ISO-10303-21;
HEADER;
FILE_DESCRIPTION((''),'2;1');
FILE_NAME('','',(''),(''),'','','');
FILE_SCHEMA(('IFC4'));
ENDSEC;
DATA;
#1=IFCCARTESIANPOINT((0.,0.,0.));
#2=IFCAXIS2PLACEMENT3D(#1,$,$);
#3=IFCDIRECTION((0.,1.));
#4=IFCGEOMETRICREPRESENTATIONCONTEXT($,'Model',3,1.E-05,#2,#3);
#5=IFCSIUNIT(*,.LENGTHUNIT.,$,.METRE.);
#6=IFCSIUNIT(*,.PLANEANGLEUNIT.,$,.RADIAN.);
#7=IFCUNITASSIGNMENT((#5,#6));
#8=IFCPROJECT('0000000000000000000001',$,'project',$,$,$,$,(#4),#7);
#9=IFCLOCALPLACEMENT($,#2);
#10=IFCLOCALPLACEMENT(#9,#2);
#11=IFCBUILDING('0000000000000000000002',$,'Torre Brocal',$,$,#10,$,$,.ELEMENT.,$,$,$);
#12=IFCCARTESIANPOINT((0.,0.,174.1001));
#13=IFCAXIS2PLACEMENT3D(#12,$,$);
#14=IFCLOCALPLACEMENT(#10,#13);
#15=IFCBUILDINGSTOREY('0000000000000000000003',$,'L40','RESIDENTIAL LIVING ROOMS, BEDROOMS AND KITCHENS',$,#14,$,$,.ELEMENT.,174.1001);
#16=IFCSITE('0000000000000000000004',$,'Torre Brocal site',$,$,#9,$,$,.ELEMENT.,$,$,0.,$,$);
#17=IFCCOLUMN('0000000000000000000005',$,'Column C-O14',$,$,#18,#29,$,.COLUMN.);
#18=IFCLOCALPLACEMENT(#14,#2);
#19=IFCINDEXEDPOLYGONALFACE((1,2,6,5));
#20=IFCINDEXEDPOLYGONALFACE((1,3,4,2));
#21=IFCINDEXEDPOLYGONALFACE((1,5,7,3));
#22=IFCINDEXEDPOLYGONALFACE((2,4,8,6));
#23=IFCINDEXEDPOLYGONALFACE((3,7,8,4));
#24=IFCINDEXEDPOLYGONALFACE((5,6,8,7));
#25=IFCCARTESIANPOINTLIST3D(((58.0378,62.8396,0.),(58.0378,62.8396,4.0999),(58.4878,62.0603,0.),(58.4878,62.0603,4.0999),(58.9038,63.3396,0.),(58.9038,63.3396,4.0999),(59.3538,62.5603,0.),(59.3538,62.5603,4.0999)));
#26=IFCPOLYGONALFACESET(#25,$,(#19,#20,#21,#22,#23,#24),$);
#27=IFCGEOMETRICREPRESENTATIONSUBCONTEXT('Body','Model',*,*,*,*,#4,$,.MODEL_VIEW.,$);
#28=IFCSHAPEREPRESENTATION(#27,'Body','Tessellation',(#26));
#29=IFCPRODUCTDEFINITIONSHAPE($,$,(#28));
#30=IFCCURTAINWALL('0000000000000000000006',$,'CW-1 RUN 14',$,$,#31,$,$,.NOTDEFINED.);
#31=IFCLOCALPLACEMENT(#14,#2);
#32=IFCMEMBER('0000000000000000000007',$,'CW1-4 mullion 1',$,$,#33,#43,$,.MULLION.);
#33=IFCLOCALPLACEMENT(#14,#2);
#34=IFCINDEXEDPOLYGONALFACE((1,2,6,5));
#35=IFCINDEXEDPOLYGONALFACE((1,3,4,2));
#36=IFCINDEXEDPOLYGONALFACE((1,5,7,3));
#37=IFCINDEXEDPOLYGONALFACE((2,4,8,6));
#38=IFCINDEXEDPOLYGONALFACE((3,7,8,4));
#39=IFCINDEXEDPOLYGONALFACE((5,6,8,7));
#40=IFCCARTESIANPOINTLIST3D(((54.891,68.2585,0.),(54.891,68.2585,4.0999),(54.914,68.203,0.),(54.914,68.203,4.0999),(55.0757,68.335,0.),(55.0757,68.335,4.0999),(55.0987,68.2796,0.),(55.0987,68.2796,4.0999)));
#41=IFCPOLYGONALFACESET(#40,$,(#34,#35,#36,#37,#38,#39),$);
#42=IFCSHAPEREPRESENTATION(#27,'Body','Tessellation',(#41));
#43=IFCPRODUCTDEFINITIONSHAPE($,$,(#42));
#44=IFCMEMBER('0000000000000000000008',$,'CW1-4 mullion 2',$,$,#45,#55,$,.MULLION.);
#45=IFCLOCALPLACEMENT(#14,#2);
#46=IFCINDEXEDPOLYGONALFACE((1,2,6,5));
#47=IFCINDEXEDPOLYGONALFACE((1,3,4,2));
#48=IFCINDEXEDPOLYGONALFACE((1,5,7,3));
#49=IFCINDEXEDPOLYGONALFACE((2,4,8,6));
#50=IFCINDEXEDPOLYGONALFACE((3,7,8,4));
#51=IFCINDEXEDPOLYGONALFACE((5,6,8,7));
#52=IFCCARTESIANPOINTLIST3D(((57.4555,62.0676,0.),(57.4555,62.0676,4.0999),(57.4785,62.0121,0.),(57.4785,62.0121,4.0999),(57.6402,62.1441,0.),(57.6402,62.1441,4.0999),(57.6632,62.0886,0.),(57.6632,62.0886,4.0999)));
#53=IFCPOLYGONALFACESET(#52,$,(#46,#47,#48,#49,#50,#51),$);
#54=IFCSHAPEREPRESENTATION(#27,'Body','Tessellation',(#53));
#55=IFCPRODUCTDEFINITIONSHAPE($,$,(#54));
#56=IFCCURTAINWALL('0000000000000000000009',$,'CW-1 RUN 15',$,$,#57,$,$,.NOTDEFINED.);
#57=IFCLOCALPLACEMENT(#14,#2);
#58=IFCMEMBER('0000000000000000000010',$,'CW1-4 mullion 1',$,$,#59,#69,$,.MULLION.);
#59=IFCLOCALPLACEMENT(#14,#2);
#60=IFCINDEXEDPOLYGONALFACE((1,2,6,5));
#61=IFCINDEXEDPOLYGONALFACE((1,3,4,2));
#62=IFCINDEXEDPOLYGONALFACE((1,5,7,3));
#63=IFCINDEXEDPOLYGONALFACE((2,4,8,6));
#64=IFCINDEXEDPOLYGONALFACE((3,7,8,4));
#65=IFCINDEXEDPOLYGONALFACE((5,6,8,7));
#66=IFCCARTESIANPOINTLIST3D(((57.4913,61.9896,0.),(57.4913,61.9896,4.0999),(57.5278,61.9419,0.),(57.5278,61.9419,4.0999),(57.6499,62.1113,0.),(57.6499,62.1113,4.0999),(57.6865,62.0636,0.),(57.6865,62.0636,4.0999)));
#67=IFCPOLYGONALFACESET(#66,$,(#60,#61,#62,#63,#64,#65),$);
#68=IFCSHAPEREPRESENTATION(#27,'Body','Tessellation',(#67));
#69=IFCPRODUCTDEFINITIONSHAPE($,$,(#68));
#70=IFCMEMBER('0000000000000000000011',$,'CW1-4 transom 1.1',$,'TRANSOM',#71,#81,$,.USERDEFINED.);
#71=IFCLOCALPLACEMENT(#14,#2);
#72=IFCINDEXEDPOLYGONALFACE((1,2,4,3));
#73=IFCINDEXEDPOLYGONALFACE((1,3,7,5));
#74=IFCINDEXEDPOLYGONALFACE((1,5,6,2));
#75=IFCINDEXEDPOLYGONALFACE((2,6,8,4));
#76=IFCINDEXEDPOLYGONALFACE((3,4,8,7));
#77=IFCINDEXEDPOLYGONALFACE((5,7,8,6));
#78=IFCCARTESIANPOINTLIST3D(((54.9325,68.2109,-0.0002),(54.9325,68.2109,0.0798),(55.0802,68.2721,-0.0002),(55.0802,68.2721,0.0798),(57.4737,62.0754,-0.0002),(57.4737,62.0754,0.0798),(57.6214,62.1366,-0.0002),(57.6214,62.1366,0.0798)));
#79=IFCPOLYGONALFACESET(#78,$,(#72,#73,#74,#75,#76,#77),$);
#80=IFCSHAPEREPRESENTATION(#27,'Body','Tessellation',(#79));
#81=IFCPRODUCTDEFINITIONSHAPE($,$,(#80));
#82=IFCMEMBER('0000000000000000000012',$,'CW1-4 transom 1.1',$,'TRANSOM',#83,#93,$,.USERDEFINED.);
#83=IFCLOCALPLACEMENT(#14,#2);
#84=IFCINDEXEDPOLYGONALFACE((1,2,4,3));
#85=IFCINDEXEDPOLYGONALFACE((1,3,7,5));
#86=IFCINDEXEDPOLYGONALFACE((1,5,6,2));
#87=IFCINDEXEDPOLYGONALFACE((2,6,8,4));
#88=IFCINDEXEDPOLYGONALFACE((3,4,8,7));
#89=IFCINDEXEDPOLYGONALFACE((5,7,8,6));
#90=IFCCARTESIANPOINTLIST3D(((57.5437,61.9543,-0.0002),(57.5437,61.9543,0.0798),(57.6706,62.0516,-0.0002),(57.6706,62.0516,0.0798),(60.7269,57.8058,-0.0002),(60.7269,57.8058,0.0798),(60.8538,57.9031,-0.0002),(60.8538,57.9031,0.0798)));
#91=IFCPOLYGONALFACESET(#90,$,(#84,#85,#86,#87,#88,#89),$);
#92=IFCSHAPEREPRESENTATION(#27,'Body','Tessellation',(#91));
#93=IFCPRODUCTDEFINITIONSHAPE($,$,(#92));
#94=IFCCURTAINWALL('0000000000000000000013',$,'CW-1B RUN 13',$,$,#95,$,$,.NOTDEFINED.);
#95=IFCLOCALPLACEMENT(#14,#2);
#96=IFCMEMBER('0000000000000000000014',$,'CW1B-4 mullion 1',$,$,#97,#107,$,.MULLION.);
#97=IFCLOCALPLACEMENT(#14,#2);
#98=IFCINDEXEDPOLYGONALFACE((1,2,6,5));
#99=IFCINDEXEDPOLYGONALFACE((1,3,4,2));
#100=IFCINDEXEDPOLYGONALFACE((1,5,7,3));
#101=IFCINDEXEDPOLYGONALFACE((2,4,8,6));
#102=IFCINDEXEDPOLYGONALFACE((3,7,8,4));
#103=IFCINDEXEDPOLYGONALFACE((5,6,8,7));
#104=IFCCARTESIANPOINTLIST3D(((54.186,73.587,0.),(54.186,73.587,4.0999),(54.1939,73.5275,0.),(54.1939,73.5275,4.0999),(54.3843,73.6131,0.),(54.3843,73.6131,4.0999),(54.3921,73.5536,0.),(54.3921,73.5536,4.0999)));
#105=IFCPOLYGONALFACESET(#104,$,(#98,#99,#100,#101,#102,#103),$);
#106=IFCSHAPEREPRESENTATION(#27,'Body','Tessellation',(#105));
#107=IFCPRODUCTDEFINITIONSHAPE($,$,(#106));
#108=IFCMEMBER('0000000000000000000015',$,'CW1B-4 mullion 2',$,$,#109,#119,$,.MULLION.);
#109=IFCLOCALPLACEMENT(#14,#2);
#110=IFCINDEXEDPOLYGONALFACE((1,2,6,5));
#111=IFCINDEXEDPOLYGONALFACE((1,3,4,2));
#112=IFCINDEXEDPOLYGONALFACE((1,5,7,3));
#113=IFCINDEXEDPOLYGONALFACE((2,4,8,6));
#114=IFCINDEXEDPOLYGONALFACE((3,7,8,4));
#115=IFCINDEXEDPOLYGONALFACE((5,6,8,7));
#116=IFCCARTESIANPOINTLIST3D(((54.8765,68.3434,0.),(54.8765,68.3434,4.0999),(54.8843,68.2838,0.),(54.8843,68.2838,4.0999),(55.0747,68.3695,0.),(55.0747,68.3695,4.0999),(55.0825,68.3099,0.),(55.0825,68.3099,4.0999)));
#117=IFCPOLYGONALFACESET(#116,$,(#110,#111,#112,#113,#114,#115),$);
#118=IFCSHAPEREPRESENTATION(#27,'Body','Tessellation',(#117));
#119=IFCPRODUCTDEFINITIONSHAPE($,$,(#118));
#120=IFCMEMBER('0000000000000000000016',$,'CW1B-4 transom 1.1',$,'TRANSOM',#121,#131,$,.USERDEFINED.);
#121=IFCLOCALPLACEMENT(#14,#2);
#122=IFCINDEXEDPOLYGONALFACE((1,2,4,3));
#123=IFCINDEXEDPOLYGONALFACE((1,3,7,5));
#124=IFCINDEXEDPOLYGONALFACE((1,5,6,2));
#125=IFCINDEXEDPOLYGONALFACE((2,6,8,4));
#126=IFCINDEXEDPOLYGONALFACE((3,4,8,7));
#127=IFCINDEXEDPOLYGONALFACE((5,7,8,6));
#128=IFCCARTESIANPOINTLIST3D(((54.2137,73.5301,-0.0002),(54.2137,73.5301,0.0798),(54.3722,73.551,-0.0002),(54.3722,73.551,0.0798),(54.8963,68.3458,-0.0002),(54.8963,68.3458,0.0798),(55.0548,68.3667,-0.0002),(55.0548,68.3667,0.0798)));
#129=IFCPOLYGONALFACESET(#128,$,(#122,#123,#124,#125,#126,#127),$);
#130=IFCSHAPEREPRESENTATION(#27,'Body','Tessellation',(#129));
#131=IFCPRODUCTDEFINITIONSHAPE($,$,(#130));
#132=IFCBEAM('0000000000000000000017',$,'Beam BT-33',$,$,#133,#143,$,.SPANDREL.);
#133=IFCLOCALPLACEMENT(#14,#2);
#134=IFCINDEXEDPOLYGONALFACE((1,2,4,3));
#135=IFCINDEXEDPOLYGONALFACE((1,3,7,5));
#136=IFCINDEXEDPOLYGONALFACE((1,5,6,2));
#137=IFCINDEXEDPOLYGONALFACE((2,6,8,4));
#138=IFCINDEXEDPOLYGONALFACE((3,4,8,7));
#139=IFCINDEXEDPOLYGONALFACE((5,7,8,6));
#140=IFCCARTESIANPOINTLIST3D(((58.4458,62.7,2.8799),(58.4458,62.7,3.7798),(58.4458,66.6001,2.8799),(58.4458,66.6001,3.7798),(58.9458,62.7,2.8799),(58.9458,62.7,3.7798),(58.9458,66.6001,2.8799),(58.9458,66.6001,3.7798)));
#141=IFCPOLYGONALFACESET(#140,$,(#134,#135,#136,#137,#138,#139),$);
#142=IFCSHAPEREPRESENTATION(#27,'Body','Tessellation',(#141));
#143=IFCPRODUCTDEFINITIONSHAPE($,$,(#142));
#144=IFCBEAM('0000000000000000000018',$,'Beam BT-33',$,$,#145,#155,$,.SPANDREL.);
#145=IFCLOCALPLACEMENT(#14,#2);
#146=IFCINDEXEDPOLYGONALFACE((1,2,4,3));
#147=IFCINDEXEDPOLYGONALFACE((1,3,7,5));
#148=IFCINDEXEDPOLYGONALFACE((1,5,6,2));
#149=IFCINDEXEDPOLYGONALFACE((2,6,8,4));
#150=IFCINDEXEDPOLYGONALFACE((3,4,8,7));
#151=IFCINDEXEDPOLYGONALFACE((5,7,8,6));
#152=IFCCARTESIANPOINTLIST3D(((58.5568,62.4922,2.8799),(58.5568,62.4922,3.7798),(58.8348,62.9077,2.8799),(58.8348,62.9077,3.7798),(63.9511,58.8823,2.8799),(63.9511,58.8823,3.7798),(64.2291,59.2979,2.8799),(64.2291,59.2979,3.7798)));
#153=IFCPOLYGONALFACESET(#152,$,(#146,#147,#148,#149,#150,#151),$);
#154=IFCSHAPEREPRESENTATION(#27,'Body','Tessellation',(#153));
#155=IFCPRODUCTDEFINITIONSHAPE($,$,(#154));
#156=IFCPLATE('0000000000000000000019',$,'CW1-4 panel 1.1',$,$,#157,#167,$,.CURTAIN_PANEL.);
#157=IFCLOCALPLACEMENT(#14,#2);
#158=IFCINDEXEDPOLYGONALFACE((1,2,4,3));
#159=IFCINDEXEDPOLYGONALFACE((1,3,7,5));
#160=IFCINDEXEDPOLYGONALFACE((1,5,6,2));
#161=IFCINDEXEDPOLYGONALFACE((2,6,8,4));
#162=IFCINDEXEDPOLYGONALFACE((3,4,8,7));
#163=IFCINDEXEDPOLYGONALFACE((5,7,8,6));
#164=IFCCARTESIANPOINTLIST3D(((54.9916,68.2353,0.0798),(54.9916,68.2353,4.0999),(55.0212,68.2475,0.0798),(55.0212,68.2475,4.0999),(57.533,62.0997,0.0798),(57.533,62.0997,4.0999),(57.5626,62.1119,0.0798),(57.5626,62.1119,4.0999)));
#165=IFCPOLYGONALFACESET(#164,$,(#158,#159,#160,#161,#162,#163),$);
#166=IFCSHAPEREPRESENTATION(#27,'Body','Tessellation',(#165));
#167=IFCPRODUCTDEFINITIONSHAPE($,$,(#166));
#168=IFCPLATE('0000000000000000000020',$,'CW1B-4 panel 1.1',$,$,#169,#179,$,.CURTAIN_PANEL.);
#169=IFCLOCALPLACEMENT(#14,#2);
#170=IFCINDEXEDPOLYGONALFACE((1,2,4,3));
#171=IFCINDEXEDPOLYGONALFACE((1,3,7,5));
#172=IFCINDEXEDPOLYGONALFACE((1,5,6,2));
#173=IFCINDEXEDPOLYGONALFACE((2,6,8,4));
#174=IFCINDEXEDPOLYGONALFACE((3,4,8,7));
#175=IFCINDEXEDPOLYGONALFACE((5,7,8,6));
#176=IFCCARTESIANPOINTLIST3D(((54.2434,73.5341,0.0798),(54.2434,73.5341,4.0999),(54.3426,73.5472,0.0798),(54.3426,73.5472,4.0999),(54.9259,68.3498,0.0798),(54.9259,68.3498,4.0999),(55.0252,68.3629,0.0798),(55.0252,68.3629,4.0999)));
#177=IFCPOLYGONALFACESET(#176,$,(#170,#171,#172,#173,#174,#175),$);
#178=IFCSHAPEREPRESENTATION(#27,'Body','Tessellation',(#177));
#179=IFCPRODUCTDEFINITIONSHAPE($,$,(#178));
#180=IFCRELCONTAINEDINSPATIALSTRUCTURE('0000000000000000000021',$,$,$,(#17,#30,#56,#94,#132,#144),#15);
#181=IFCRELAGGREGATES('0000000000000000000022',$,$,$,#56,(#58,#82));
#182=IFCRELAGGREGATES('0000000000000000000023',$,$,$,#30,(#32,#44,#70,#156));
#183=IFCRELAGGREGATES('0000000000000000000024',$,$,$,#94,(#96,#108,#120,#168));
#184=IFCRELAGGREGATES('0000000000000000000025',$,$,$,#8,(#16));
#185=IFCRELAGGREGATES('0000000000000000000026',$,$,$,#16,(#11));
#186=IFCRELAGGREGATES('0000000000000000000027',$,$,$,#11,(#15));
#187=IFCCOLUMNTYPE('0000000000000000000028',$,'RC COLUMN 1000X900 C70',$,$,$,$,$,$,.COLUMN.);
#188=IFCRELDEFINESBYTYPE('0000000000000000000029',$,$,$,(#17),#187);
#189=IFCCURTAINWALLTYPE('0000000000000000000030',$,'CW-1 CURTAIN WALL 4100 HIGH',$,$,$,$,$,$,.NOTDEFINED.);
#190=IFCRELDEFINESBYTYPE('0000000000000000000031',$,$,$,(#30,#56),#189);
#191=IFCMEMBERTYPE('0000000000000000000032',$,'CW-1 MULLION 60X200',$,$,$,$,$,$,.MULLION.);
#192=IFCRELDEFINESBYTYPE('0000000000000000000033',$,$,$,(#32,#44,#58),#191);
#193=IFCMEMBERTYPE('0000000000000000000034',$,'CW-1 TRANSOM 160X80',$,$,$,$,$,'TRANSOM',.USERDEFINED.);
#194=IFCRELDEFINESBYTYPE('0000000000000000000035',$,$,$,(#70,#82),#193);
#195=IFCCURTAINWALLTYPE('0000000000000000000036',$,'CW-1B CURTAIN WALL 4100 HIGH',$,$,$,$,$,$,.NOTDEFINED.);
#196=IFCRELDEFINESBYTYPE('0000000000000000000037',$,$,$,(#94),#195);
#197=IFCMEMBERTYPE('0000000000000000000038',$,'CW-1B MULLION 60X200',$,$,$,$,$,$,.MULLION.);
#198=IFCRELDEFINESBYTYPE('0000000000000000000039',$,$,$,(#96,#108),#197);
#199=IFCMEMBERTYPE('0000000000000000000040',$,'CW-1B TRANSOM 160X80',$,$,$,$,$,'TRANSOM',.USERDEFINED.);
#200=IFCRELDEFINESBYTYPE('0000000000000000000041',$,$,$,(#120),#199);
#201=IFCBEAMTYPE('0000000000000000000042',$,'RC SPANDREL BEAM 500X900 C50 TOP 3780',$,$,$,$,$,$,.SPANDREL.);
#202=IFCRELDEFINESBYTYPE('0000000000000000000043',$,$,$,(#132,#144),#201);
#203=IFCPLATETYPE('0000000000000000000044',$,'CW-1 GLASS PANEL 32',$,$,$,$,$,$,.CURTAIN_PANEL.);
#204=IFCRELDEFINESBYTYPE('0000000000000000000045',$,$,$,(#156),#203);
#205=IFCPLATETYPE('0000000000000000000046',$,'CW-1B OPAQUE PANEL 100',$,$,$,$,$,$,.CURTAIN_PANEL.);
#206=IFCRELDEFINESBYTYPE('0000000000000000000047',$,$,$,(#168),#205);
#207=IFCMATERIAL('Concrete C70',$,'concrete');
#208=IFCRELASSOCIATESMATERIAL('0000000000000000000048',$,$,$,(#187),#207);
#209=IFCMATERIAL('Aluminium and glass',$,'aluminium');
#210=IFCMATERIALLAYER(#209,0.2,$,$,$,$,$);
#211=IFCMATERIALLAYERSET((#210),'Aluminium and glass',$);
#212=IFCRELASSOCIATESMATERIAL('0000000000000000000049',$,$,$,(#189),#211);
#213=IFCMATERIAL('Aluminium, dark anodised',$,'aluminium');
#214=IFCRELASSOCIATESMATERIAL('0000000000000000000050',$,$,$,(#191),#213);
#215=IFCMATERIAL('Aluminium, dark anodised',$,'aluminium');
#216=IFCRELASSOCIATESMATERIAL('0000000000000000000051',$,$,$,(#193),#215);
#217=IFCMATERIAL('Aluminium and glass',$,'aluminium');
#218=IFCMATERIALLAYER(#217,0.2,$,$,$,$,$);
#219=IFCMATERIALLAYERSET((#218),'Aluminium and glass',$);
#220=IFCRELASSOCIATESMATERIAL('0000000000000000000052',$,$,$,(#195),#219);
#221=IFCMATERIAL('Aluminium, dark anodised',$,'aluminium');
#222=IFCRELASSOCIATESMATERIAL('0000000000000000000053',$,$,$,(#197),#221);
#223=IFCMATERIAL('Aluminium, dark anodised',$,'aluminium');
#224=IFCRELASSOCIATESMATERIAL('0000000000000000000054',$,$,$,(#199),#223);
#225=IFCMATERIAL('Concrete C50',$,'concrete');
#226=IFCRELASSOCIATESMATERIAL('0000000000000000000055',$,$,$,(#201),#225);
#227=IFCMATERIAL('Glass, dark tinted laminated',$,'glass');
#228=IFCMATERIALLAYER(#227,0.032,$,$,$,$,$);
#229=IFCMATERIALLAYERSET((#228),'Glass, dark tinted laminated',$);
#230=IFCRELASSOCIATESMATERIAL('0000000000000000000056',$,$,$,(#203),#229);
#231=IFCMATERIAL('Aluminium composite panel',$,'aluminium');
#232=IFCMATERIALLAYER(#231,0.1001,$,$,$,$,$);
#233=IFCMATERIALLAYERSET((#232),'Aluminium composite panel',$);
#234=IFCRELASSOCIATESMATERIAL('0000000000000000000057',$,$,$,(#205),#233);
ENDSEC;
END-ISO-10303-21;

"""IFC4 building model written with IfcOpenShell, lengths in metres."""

from ifc_helpers import new_model, si_unit, direction, frame, origin, origin_2d, place, context, subcontext, project, spatial, rectangle, extrude, material, layer, layer_set, material_profile, profile_set, type_object, element, aggregate, save


model = new_model("IFC4")

# Units and contexts
model_context = context("Model", 3, precision=1e-05, world=origin(), true_north=direction((0.0, 1.0)))
body_context = subcontext(model_context, "Body", "Model", "MODEL_VIEW")
ifc_project = project(units=[si_unit("LENGTHUNIT", "METRE"), si_unit("PLANEANGLEUNIT", "RADIAN")], contexts=[model_context])

# Site, building, storey
site_placement = place(None, origin())
site = spatial("IfcSite", under=ifc_project, at=site_placement, Name="Torre Brocal site", CompositionType="ELEMENT", RefElevation=0.0)
building_placement = place(site_placement, origin())
building = spatial("IfcBuilding", under=site, at=building_placement, Name="Torre Brocal", CompositionType="ELEMENT")
storey_placement = place(building_placement, frame((0.0, 0.0, 174.1001)))
storey = spatial("IfcBuildingStorey", under=building, at=storey_placement, Name="L40", Description="RESIDENTIAL LIVING ROOMS, BEDROOMS AND KITCHENS", CompositionType="ELEMENT", Elevation=174.1001)

# Column
ifc_material_1 = material(Name="Concrete C70", Category="concrete")
ifc_material_profile_1 = material_profile(ifc_material_1, rectangle(XDim=1.0, YDim=0.8999, at=origin_2d()), Name="RC 1000X900")
ifc_profile_set_1 = profile_set([ifc_material_profile_1], Name="Concrete C70")
column_type = type_object("IfcColumnType", Name="RC COLUMN 1000X900 C70", PredefinedType="COLUMN", material=ifc_profile_set_1)
column_placement = place(storey_placement, frame((58.6958, 62.7, 0.0), z_axis=(0.0, 0.0, 1.0), x_axis=(-0.866025, -0.5, 0.0)))
element("IfcColumn", 1, at=column_placement, inside=storey, type_object=column_type, Name="Column C-O14", PredefinedType="COLUMN", context=body_context, shape_type="SweptSolid", body=[
    extrude(rectangle(XDim=1.0, YDim=0.8999, at=origin_2d()), origin(), (0.0, 0.0, 1.0), 4.0999),
])

# Curtain wall, members
ifc_material_2 = material(Name="Aluminium and glass", Category="aluminium")
ifc_layer_1 = layer(ifc_material_2, 0.2)
ifc_layer_set_1 = layer_set([ifc_layer_1], Name="Aluminium and glass")
curtain_wall_type_1 = type_object("IfcCurtainWallType", Name="CW-1 CURTAIN WALL 4100 HIGH", PredefinedType="NOTDEFINED", material=ifc_layer_set_1)
curtain_wall_1_placement = place(storey_placement, origin())
curtain_wall_1 = element("IfcCurtainWall", 2, at=curtain_wall_1_placement, inside=storey, type_object=curtain_wall_type_1, Name="CW-1 RUN 14", PredefinedType="NOTDEFINED")
ifc_material_3 = material(Name="Aluminium, dark anodised", Category="aluminium")
ifc_material_profile_2 = material_profile(ifc_material_3, rectangle(XDim=0.2, YDim=0.0601, at=origin_2d()), Name="CW-1 MULLION 60X200")
ifc_profile_set_2 = profile_set([ifc_material_profile_2], Name="Aluminium, dark anodised")
member_type_1 = type_object("IfcMemberType", Name="CW-1 MULLION 60X200", PredefinedType="MULLION", material=ifc_profile_set_2)
member_1_placement = place(storey_placement, frame((54.9949, 68.269, 0.0), z_axis=(0.0, 0.0, 1.0), x_axis=(0.92388, 0.382683, 0.0)))
member_1 = element("IfcMember", 3, at=member_1_placement, type_object=member_type_1, Name="CW1-4 mullion 1", PredefinedType="MULLION", context=body_context, shape_type="SweptSolid", body=[
    extrude(rectangle(XDim=0.2, YDim=0.0601, at=origin_2d()), origin(), (0.0, 0.0, 1.0), 4.0999),
])
member_2_placement = place(storey_placement, frame((57.5593, 62.0781, 0.0), z_axis=(0.0, 0.0, 1.0), x_axis=(0.92388, 0.382683, 0.0)))
member_2 = element("IfcMember", 4, at=member_2_placement, type_object=member_type_1, Name="CW1-4 mullion 2", PredefinedType="MULLION", context=body_context, shape_type="SweptSolid", body=[
    extrude(rectangle(XDim=0.2, YDim=0.0601, at=origin_2d()), origin(), (0.0, 0.0, 1.0), 4.0999),
])

# Curtain wall, member
curtain_wall_2_placement = place(storey_placement, origin())
curtain_wall_2 = element("IfcCurtainWall", 5, at=curtain_wall_2_placement, inside=storey, type_object=curtain_wall_type_1, Name="CW-1 RUN 15", PredefinedType="NOTDEFINED")
member_3_placement = place(storey_placement, frame((57.5889, 62.0266, 0.0), z_axis=(0.0, 0.0, 1.0), x_axis=(0.793353, 0.608761, 0.0)))
member_3 = element("IfcMember", 6, at=member_3_placement, type_object=member_type_1, Name="CW1-4 mullion 1", PredefinedType="MULLION", context=body_context, shape_type="SweptSolid", body=[
    extrude(rectangle(XDim=0.2, YDim=0.0601, at=origin_2d()), origin(), (0.0, 0.0, 1.0), 4.0999),
])

# Members
ifc_material_4 = material(Name="Aluminium, dark anodised", Category="aluminium")
ifc_material_profile_3 = material_profile(ifc_material_4, rectangle(XDim=0.1599, YDim=0.0801, at=origin_2d()), Name="CW-1 TRANSOM 160X80")
ifc_profile_set_3 = profile_set([ifc_material_profile_3], Name="Aluminium, dark anodised")
member_type_2 = type_object("IfcMemberType", Name="CW-1 TRANSOM 160X80", ElementType="TRANSOM", PredefinedType="USERDEFINED", material=ifc_profile_set_3)
member_4_placement = place(storey_placement, frame((55.0063, 68.2415, 0.0398), z_axis=(0.382665, -0.923887, 0.0), x_axis=(0.923887, 0.382665, 0.0)))
member_4 = element("IfcMember", 7, at=member_4_placement, type_object=member_type_2, Name="CW1-4 transom 1.1", ObjectType="TRANSOM", PredefinedType="USERDEFINED", context=body_context, shape_type="SweptSolid", body=[
    extrude(rectangle(XDim=0.1599, YDim=0.0801, at=origin_2d()), origin(), (0.0, 0.0, 1.0), 6.6409),
])
member_5_placement = place(storey_placement, frame((57.6072, 62.0029, 0.0398), z_axis=(0.608749, -0.793363, 0.0), x_axis=(0.793363, 0.608749, 0.0)))
member_5 = element("IfcMember", 8, at=member_5_placement, type_object=member_type_2, Name="CW1-4 transom 1.1", ObjectType="TRANSOM", PredefinedType="USERDEFINED", context=body_context, shape_type="SweptSolid", body=[
    extrude(rectangle(XDim=0.1599, YDim=0.0801, at=origin_2d()), origin(), (0.0, 0.0, 1.0), 5.229),
])
aggregate(curtain_wall_2, [member_3, member_5])

# Curtain wall, members
ifc_material_5 = material(Name="Aluminium and glass", Category="aluminium")
ifc_layer_2 = layer(ifc_material_5, 0.2)
ifc_layer_set_2 = layer_set([ifc_layer_2], Name="Aluminium and glass")
curtain_wall_type_2 = type_object("IfcCurtainWallType", Name="CW-1B CURTAIN WALL 4100 HIGH", PredefinedType="NOTDEFINED", material=ifc_layer_set_2)
curtain_wall_3_placement = place(storey_placement, origin())
curtain_wall_3 = element("IfcCurtainWall", 9, at=curtain_wall_3_placement, inside=storey, type_object=curtain_wall_type_2, Name="CW-1B RUN 13", PredefinedType="NOTDEFINED")
ifc_material_6 = material(Name="Aluminium, dark anodised", Category="aluminium")
ifc_material_profile_4 = material_profile(ifc_material_6, rectangle(XDim=0.2, YDim=0.0601, at=origin_2d()), Name="CW-1B MULLION 60X200")
ifc_profile_set_4 = profile_set([ifc_material_profile_4], Name="Aluminium, dark anodised")
member_type_3 = type_object("IfcMemberType", Name="CW-1B MULLION 60X200", PredefinedType="MULLION", material=ifc_profile_set_4)
member_6_placement = place(storey_placement, frame((54.2891, 73.5703, 0.0), z_axis=(0.0, 0.0, 1.0), x_axis=(0.991445, 0.130526, 0.0)))
member_6 = element("IfcMember", 10, at=member_6_placement, type_object=member_type_3, Name="CW1B-4 mullion 1", PredefinedType="MULLION", context=body_context, shape_type="SweptSolid", body=[
    extrude(rectangle(XDim=0.2, YDim=0.0601, at=origin_2d()), origin(), (0.0, 0.0, 1.0), 4.0999),
])
member_7_placement = place(storey_placement, frame((54.9795, 68.3267, 0.0), z_axis=(0.0, 0.0, 1.0), x_axis=(0.991445, 0.130526, 0.0)))
member_7 = element("IfcMember", 11, at=member_7_placement, type_object=member_type_3, Name="CW1B-4 mullion 2", PredefinedType="MULLION", context=body_context, shape_type="SweptSolid", body=[
    extrude(rectangle(XDim=0.2, YDim=0.0601, at=origin_2d()), origin(), (0.0, 0.0, 1.0), 4.0999),
])
ifc_material_7 = material(Name="Aluminium, dark anodised", Category="aluminium")
ifc_material_profile_5 = material_profile(ifc_material_7, rectangle(XDim=0.1599, YDim=0.0801, at=origin_2d()), Name="CW-1B TRANSOM 160X80")
ifc_profile_set_5 = profile_set([ifc_material_profile_5], Name="Aluminium, dark anodised")
member_type_4 = type_object("IfcMemberType", Name="CW-1B TRANSOM 160X80", ElementType="TRANSOM", PredefinedType="USERDEFINED", material=ifc_profile_set_5)
member_8_placement = place(storey_placement, frame((54.293, 73.5405, 0.0398), z_axis=(0.130543, -0.991443, 0.0), x_axis=(0.991443, 0.130543, 0.0)))
member_8 = element("IfcMember", 12, at=member_8_placement, type_object=member_type_4, Name="CW1B-4 transom 1.1", ObjectType="TRANSOM", PredefinedType="USERDEFINED", context=body_context, shape_type="SweptSolid", body=[
    extrude(rectangle(XDim=0.1599, YDim=0.0801, at=origin_2d()), origin(), (0.0, 0.0, 1.0), 5.229),
])

# Beams
ifc_material_8 = material(Name="Concrete C50", Category="concrete")
ifc_material_profile_6 = material_profile(ifc_material_8, rectangle(XDim=0.5, YDim=0.8999, at=origin_2d()), Name="RC 500X900")
ifc_profile_set_6 = profile_set([ifc_material_profile_6], Name="Concrete C50")
beam_type = type_object("IfcBeamType", Name="RC SPANDREL BEAM 500X900 C50 TOP 3780", PredefinedType="SPANDREL", material=ifc_profile_set_6)
beam_1_placement = place(storey_placement, frame((58.6958, 62.7, 3.3298), z_axis=(0.0, 1.0, 0.0), x_axis=(-1.0, 0.0, 0.0)))
element("IfcBeam", 13, at=beam_1_placement, inside=storey, type_object=beam_type, Name="Beam BT-33", PredefinedType="SPANDREL", context=body_context, shape_type="SweptSolid", body=[
    extrude(rectangle(XDim=0.5, YDim=0.8999, at=origin_2d()), origin(), (0.0, 0.0, 1.0), 3.9001),
])
beam_2_placement = place(storey_placement, frame((58.6958, 62.7, 3.3298), z_axis=(0.831077, -0.556158, 0.0), x_axis=(0.556158, 0.831077, 0.0)))
element("IfcBeam", 14, at=beam_2_placement, inside=storey, type_object=beam_type, Name="Beam BT-33", PredefinedType="SPANDREL", context=body_context, shape_type="SweptSolid", body=[
    extrude(rectangle(XDim=0.5, YDim=0.8999, at=origin_2d()), origin(), (0.0, 0.0, 1.0), 6.4907),
])

# Plates
ifc_material_9 = material(Name="Glass, dark tinted laminated", Category="glass")
ifc_layer_3 = layer(ifc_material_9, 0.032)
ifc_layer_set_3 = layer_set([ifc_layer_3], Name="Glass, dark tinted laminated")
plate_type_1 = type_object("IfcPlateType", Name="CW-1 GLASS PANEL 32", PredefinedType="CURTAIN_PANEL", material=ifc_layer_set_3)
plate_1_placement = place(storey_placement, frame((56.2771, 65.1736, 0.0798), z_axis=(0.0, 0.0, 1.0), x_axis=(0.382683, -0.92388, 0.0)))
plate_1 = element("IfcPlate", 15, at=plate_1_placement, type_object=plate_type_1, Name="CW1-4 panel 1.1", PredefinedType="CURTAIN_PANEL", context=body_context, shape_type="SweptSolid", body=[
    extrude(rectangle(XDim=6.6411, YDim=0.032, at=origin_2d()), origin(), (0.0, 0.0, 1.0), 4.02),
])
aggregate(curtain_wall_1, [member_1, member_2, member_4, plate_1])
ifc_material_10 = material(Name="Aluminium composite panel", Category="aluminium")
ifc_layer_4 = layer(ifc_material_10, 0.1001)
ifc_layer_set_4 = layer_set([ifc_layer_4], Name="Aluminium composite panel")
plate_type_2 = type_object("IfcPlateType", Name="CW-1B OPAQUE PANEL 100", PredefinedType="CURTAIN_PANEL", material=ifc_layer_set_4)
plate_2_placement = place(storey_placement, frame((54.6343, 70.9485, 0.0798), z_axis=(0.0, 0.0, 1.0), x_axis=(0.130526, -0.991445, 0.0)))
plate_2 = element("IfcPlate", 16, at=plate_2_placement, type_object=plate_type_2, Name="CW1B-4 panel 1.1", PredefinedType="CURTAIN_PANEL", context=body_context, shape_type="SweptSolid", body=[
    extrude(rectangle(XDim=5.229, YDim=0.1001, at=origin_2d()), origin(), (0.0, 0.0, 1.0), 4.02),
])
aggregate(curtain_wall_3, [member_6, member_7, member_8, plate_2])

save(model, "model.ifc")
